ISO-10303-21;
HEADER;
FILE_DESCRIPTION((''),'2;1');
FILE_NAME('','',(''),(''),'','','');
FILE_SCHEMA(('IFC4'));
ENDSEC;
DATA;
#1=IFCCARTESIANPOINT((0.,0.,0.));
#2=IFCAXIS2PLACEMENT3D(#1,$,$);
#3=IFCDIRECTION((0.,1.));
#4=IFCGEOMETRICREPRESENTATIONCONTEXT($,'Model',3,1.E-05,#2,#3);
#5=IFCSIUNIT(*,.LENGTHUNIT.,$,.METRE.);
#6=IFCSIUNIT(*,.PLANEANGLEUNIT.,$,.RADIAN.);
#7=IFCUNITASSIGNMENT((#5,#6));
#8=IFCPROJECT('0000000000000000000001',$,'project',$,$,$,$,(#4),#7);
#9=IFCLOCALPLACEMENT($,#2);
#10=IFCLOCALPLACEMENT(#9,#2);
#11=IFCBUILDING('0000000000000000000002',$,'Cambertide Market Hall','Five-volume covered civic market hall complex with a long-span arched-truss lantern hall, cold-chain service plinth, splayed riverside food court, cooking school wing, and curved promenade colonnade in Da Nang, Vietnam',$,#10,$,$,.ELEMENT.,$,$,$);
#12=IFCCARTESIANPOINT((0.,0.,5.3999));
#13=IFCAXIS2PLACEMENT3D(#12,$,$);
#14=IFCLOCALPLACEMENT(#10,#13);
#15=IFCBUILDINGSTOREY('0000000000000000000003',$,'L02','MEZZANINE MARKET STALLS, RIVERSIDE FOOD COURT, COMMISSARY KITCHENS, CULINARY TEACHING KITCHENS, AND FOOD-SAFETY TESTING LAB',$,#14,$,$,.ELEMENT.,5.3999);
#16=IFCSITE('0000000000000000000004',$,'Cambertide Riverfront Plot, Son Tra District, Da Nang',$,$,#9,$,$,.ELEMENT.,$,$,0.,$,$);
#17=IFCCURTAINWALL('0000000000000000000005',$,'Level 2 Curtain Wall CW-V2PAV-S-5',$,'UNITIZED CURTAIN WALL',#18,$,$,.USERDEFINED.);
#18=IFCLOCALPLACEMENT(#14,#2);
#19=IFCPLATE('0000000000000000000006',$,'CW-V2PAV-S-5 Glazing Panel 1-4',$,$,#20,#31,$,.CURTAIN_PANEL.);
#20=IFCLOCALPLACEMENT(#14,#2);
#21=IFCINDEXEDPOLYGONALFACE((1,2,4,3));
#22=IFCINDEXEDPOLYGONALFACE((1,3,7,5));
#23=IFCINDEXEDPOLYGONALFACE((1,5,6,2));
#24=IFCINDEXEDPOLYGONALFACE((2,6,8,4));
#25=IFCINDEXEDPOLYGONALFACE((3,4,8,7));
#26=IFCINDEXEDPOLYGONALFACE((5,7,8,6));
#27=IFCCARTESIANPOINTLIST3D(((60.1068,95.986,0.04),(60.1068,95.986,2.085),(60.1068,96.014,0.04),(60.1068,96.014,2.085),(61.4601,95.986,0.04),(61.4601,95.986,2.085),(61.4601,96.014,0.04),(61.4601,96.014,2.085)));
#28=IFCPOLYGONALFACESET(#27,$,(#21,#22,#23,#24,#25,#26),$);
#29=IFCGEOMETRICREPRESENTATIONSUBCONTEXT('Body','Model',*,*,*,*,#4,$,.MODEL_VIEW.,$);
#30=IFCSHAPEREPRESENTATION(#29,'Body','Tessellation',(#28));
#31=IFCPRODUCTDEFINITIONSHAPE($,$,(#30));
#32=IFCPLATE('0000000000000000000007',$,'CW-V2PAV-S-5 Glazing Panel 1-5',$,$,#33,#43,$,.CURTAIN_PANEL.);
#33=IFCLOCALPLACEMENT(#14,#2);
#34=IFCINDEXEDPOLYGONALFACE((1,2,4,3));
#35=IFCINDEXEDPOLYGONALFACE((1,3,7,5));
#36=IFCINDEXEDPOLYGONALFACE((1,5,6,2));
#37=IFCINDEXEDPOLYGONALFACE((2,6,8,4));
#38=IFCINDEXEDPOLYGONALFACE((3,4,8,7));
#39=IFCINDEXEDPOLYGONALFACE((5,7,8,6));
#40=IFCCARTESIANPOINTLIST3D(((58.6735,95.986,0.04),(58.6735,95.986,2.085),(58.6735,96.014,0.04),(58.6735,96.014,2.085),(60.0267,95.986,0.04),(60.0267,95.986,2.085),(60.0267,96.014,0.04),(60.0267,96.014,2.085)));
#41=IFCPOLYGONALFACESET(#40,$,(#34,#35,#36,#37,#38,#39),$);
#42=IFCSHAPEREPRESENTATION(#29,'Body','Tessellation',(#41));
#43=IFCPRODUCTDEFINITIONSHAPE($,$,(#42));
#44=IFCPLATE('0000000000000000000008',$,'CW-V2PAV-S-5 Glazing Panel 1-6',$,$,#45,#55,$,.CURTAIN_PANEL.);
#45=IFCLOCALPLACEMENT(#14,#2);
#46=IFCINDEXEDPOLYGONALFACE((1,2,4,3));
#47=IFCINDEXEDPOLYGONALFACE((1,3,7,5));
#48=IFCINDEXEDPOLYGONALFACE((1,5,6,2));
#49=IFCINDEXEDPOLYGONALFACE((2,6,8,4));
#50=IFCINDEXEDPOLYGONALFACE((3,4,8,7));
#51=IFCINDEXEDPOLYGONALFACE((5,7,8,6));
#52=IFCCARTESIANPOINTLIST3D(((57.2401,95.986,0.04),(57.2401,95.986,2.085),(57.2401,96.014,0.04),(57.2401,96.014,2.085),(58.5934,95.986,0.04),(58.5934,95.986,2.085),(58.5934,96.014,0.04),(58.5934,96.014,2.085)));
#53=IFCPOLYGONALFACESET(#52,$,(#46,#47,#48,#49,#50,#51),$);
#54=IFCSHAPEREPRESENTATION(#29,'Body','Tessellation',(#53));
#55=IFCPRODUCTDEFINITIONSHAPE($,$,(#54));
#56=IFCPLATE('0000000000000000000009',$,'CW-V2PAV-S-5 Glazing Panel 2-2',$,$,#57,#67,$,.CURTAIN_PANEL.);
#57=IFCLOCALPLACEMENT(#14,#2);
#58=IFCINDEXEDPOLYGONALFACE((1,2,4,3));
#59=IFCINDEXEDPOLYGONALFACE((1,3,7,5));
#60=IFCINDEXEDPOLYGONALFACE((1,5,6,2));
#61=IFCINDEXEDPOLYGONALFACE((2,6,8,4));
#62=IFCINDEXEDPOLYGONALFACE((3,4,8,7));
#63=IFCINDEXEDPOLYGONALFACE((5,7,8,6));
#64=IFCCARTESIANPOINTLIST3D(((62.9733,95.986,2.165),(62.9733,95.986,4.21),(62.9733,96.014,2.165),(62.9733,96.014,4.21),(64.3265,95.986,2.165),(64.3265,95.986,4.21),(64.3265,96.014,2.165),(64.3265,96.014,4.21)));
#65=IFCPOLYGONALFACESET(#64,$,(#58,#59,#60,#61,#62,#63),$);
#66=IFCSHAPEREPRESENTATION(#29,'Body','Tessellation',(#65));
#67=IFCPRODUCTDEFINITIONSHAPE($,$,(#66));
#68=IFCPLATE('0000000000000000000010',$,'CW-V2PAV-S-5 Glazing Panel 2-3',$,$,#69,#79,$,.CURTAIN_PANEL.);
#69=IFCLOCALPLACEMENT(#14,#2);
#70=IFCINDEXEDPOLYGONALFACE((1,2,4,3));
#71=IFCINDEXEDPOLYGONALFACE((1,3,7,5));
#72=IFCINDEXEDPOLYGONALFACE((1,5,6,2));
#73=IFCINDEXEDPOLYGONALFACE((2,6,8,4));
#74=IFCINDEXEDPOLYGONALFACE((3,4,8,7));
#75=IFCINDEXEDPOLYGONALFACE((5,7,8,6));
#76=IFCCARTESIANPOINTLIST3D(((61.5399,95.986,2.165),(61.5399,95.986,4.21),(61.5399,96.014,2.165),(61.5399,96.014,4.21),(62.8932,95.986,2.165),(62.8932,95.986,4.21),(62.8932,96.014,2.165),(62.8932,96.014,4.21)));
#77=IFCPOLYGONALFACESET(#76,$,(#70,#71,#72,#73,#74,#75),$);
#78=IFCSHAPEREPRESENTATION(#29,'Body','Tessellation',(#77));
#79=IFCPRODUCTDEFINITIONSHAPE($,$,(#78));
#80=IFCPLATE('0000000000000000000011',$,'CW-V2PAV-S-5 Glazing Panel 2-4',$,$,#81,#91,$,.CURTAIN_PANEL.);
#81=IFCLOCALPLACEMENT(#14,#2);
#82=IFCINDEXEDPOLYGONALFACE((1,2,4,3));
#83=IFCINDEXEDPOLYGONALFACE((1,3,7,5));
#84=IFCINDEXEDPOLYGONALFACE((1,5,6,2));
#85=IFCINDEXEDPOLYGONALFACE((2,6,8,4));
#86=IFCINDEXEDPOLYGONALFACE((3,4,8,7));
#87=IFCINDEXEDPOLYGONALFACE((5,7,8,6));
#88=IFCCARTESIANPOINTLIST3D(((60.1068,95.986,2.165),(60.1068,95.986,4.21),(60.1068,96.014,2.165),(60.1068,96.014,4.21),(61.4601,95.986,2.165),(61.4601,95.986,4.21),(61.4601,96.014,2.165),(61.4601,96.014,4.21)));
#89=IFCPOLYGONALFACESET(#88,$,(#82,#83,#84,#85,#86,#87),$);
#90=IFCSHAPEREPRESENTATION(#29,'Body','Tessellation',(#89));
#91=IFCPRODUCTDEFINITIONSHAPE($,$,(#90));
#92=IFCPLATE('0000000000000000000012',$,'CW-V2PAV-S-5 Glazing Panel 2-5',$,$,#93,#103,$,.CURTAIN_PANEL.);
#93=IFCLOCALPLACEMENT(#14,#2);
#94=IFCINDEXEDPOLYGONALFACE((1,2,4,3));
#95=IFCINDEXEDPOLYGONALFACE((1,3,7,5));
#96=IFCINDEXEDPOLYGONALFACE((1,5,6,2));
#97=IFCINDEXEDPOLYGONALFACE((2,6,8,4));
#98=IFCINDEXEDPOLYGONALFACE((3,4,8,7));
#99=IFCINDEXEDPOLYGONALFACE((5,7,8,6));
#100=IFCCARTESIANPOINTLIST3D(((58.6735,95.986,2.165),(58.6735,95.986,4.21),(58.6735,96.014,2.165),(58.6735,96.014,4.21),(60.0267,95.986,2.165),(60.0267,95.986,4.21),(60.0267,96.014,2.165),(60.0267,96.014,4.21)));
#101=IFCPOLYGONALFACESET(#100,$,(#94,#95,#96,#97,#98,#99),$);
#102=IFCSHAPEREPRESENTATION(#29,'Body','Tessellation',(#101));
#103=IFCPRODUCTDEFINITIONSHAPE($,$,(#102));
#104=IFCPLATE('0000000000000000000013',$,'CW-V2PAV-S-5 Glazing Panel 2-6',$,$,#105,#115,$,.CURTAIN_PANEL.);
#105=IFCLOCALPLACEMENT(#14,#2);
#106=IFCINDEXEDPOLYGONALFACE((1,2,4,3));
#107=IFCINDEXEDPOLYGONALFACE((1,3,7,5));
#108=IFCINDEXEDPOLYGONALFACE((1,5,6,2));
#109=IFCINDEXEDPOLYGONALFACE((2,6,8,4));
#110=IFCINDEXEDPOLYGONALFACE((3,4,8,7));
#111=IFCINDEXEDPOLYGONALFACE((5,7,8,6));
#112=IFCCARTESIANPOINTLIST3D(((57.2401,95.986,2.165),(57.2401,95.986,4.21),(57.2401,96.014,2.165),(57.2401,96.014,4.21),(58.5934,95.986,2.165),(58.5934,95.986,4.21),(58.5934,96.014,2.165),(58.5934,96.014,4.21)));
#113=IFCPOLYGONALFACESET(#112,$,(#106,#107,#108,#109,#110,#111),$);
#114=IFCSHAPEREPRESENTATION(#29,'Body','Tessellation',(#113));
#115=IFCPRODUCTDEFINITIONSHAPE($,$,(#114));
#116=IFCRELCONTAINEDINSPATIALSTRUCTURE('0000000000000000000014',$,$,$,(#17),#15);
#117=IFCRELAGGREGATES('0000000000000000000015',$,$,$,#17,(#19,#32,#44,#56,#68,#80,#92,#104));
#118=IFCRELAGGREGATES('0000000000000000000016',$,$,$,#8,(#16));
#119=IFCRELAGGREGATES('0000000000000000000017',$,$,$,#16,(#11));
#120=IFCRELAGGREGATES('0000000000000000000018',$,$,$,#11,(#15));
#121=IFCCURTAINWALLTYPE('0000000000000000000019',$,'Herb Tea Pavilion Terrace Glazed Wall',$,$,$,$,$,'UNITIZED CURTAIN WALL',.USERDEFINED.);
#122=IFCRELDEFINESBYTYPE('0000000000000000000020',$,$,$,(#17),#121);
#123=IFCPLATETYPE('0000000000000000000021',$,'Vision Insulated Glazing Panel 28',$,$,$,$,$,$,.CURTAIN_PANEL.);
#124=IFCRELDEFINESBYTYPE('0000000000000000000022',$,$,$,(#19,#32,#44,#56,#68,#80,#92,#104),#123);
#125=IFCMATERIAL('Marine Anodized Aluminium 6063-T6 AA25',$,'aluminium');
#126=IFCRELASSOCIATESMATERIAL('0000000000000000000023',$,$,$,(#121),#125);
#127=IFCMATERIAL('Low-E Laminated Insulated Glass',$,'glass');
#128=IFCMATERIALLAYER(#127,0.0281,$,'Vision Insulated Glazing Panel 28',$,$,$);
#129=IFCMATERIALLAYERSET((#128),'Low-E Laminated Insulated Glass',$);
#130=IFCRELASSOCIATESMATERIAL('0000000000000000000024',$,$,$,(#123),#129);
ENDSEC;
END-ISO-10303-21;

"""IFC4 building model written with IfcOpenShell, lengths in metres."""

from ifc_helpers import new_model, si_unit, direction, frame, origin, origin_2d, place, context, subcontext, project, spatial, rectangle, extrude, material, layer, layer_set, type_object, element, aggregate, save


model = new_model("IFC4")

# Units and contexts
model_context = context("Model", 3, precision=1e-05, world=origin(), true_north=direction((0.0, 1.0)))
body_context = subcontext(model_context, "Body", "Model", "MODEL_VIEW")
ifc_project = project(units=[si_unit("LENGTHUNIT", "METRE"), si_unit("PLANEANGLEUNIT", "RADIAN")], contexts=[model_context])

# Site, building, storey
site_placement = place(None, origin())
site = spatial("IfcSite", under=ifc_project, at=site_placement, Name="Cambertide Riverfront Plot, Son Tra District, Da Nang", CompositionType="ELEMENT", RefElevation=0.0)
building_placement = place(site_placement, origin())
building = spatial("IfcBuilding", under=site, at=building_placement, Name="Cambertide Market Hall", Description="Five-volume covered civic market hall complex with a long-span arched-truss lantern hall, cold-chain service plinth, splayed riverside food court, cooking school wing, and curved promenade colonnade in Da Nang, Vietnam", CompositionType="ELEMENT")
storey_placement = place(building_placement, frame((0.0, 0.0, 5.3999)))
storey = spatial("IfcBuildingStorey", under=building, at=storey_placement, Name="L02", Description="MEZZANINE MARKET STALLS, RIVERSIDE FOOD COURT, COMMISSARY KITCHENS, CULINARY TEACHING KITCHENS, AND FOOD-SAFETY TESTING LAB", CompositionType="ELEMENT", Elevation=5.3999)

# Curtain wall, plates
ifc_material_1 = material(Name="Marine Anodized Aluminium 6063-T6 AA25", Category="aluminium")
curtain_wall_type = type_object("IfcCurtainWallType", Name="Herb Tea Pavilion Terrace Glazed Wall", ElementType="UNITIZED CURTAIN WALL", PredefinedType="USERDEFINED", material=ifc_material_1)
curtain_wall_placement = place(storey_placement, origin())
curtain_wall = element("IfcCurtainWall", 1, at=curtain_wall_placement, inside=storey, type_object=curtain_wall_type, Name="Level 2 Curtain Wall CW-V2PAV-S-5", ObjectType="UNITIZED CURTAIN WALL", PredefinedType="USERDEFINED")
ifc_material_2 = material(Name="Low-E Laminated Insulated Glass", Category="glass")
ifc_layer = layer(ifc_material_2, 0.0281, Name="Vision Insulated Glazing Panel 28")
ifc_layer_set = layer_set([ifc_layer], Name="Low-E Laminated Insulated Glass")
plate_type = type_object("IfcPlateType", Name="Vision Insulated Glazing Panel 28", PredefinedType="CURTAIN_PANEL", material=ifc_layer_set)
plate_1_placement = place(storey_placement, frame((60.7834, 96.0, 0.04), z_axis=(0.0, 0.0, 1.0), x_axis=(-1.0, 0.0, 0.0)))
plate_1 = element("IfcPlate", 2, at=plate_1_placement, type_object=plate_type, Name="CW-V2PAV-S-5 Glazing Panel 1-4", PredefinedType="CURTAIN_PANEL", context=body_context, shape_type="SweptSolid", body=[
    extrude(rectangle(XDim=1.3533, YDim=0.0281, at=origin_2d()), origin(), (0.0, 0.0, 1.0), 2.0449),
])
plate_2_placement = place(storey_placement, frame((59.3501, 96.0, 0.04), z_axis=(0.0, 0.0, 1.0), x_axis=(-1.0, 0.0, 0.0)))
plate_2 = element("IfcPlate", 3, at=plate_2_placement, type_object=plate_type, Name="CW-V2PAV-S-5 Glazing Panel 1-5", PredefinedType="CURTAIN_PANEL", context=body_context, shape_type="SweptSolid", body=[
    extrude(rectangle(XDim=1.3533, YDim=0.0281, at=origin_2d()), origin(), (0.0, 0.0, 1.0), 2.0449),
])
plate_3_placement = place(storey_placement, frame((57.9167, 96.0, 0.04), z_axis=(0.0, 0.0, 1.0), x_axis=(-1.0, 0.0, 0.0)))
plate_3 = element("IfcPlate", 4, at=plate_3_placement, type_object=plate_type, Name="CW-V2PAV-S-5 Glazing Panel 1-6", PredefinedType="CURTAIN_PANEL", context=body_context, shape_type="SweptSolid", body=[
    extrude(rectangle(XDim=1.3533, YDim=0.0281, at=origin_2d()), origin(), (0.0, 0.0, 1.0), 2.0449),
])
plate_4_placement = place(storey_placement, frame((63.6499, 96.0, 2.165), z_axis=(0.0, 0.0, 1.0), x_axis=(-1.0, 0.0, 0.0)))
plate_4 = element("IfcPlate", 5, at=plate_4_placement, type_object=plate_type, Name="CW-V2PAV-S-5 Glazing Panel 2-2", PredefinedType="CURTAIN_PANEL", context=body_context, shape_type="SweptSolid", body=[
    extrude(rectangle(XDim=1.3533, YDim=0.0281, at=origin_2d()), origin(), (0.0, 0.0, 1.0), 2.0449),
])
plate_5_placement = place(storey_placement, frame((62.2166, 96.0, 2.165), z_axis=(0.0, 0.0, 1.0), x_axis=(-1.0, 0.0, 0.0)))
plate_5 = element("IfcPlate", 6, at=plate_5_placement, type_object=plate_type, Name="CW-V2PAV-S-5 Glazing Panel 2-3", PredefinedType="CURTAIN_PANEL", context=body_context, shape_type="SweptSolid", body=[
    extrude(rectangle(XDim=1.3533, YDim=0.0281, at=origin_2d()), origin(), (0.0, 0.0, 1.0), 2.0449),
])
plate_6_placement = place(storey_placement, frame((60.7834, 96.0, 2.165), z_axis=(0.0, 0.0, 1.0), x_axis=(-1.0, 0.0, 0.0)))
plate_6 = element("IfcPlate", 7, at=plate_6_placement, type_object=plate_type, Name="CW-V2PAV-S-5 Glazing Panel 2-4", PredefinedType="CURTAIN_PANEL", context=body_context, shape_type="SweptSolid", body=[
    extrude(rectangle(XDim=1.3533, YDim=0.0281, at=origin_2d()), origin(), (0.0, 0.0, 1.0), 2.0449),
])
plate_7_placement = place(storey_placement, frame((59.3501, 96.0, 2.165), z_axis=(0.0, 0.0, 1.0), x_axis=(-1.0, 0.0, 0.0)))
plate_7 = element("IfcPlate", 8, at=plate_7_placement, type_object=plate_type, Name="CW-V2PAV-S-5 Glazing Panel 2-5", PredefinedType="CURTAIN_PANEL", context=body_context, shape_type="SweptSolid", body=[
    extrude(rectangle(XDim=1.3533, YDim=0.0281, at=origin_2d()), origin(), (0.0, 0.0, 1.0), 2.0449),
])
plate_8_placement = place(storey_placement, frame((57.9167, 96.0, 2.165), z_axis=(0.0, 0.0, 1.0), x_axis=(-1.0, 0.0, 0.0)))
plate_8 = element("IfcPlate", 9, at=plate_8_placement, type_object=plate_type, Name="CW-V2PAV-S-5 Glazing Panel 2-6", PredefinedType="CURTAIN_PANEL", context=body_context, shape_type="SweptSolid", body=[
    extrude(rectangle(XDim=1.3533, YDim=0.0281, at=origin_2d()), origin(), (0.0, 0.0, 1.0), 2.0449),
])
aggregate(curtain_wall, [plate_1, plate_2, plate_3, plate_4, plate_5, plate_6, plate_7, plate_8])

save(model, "model.ifc")
